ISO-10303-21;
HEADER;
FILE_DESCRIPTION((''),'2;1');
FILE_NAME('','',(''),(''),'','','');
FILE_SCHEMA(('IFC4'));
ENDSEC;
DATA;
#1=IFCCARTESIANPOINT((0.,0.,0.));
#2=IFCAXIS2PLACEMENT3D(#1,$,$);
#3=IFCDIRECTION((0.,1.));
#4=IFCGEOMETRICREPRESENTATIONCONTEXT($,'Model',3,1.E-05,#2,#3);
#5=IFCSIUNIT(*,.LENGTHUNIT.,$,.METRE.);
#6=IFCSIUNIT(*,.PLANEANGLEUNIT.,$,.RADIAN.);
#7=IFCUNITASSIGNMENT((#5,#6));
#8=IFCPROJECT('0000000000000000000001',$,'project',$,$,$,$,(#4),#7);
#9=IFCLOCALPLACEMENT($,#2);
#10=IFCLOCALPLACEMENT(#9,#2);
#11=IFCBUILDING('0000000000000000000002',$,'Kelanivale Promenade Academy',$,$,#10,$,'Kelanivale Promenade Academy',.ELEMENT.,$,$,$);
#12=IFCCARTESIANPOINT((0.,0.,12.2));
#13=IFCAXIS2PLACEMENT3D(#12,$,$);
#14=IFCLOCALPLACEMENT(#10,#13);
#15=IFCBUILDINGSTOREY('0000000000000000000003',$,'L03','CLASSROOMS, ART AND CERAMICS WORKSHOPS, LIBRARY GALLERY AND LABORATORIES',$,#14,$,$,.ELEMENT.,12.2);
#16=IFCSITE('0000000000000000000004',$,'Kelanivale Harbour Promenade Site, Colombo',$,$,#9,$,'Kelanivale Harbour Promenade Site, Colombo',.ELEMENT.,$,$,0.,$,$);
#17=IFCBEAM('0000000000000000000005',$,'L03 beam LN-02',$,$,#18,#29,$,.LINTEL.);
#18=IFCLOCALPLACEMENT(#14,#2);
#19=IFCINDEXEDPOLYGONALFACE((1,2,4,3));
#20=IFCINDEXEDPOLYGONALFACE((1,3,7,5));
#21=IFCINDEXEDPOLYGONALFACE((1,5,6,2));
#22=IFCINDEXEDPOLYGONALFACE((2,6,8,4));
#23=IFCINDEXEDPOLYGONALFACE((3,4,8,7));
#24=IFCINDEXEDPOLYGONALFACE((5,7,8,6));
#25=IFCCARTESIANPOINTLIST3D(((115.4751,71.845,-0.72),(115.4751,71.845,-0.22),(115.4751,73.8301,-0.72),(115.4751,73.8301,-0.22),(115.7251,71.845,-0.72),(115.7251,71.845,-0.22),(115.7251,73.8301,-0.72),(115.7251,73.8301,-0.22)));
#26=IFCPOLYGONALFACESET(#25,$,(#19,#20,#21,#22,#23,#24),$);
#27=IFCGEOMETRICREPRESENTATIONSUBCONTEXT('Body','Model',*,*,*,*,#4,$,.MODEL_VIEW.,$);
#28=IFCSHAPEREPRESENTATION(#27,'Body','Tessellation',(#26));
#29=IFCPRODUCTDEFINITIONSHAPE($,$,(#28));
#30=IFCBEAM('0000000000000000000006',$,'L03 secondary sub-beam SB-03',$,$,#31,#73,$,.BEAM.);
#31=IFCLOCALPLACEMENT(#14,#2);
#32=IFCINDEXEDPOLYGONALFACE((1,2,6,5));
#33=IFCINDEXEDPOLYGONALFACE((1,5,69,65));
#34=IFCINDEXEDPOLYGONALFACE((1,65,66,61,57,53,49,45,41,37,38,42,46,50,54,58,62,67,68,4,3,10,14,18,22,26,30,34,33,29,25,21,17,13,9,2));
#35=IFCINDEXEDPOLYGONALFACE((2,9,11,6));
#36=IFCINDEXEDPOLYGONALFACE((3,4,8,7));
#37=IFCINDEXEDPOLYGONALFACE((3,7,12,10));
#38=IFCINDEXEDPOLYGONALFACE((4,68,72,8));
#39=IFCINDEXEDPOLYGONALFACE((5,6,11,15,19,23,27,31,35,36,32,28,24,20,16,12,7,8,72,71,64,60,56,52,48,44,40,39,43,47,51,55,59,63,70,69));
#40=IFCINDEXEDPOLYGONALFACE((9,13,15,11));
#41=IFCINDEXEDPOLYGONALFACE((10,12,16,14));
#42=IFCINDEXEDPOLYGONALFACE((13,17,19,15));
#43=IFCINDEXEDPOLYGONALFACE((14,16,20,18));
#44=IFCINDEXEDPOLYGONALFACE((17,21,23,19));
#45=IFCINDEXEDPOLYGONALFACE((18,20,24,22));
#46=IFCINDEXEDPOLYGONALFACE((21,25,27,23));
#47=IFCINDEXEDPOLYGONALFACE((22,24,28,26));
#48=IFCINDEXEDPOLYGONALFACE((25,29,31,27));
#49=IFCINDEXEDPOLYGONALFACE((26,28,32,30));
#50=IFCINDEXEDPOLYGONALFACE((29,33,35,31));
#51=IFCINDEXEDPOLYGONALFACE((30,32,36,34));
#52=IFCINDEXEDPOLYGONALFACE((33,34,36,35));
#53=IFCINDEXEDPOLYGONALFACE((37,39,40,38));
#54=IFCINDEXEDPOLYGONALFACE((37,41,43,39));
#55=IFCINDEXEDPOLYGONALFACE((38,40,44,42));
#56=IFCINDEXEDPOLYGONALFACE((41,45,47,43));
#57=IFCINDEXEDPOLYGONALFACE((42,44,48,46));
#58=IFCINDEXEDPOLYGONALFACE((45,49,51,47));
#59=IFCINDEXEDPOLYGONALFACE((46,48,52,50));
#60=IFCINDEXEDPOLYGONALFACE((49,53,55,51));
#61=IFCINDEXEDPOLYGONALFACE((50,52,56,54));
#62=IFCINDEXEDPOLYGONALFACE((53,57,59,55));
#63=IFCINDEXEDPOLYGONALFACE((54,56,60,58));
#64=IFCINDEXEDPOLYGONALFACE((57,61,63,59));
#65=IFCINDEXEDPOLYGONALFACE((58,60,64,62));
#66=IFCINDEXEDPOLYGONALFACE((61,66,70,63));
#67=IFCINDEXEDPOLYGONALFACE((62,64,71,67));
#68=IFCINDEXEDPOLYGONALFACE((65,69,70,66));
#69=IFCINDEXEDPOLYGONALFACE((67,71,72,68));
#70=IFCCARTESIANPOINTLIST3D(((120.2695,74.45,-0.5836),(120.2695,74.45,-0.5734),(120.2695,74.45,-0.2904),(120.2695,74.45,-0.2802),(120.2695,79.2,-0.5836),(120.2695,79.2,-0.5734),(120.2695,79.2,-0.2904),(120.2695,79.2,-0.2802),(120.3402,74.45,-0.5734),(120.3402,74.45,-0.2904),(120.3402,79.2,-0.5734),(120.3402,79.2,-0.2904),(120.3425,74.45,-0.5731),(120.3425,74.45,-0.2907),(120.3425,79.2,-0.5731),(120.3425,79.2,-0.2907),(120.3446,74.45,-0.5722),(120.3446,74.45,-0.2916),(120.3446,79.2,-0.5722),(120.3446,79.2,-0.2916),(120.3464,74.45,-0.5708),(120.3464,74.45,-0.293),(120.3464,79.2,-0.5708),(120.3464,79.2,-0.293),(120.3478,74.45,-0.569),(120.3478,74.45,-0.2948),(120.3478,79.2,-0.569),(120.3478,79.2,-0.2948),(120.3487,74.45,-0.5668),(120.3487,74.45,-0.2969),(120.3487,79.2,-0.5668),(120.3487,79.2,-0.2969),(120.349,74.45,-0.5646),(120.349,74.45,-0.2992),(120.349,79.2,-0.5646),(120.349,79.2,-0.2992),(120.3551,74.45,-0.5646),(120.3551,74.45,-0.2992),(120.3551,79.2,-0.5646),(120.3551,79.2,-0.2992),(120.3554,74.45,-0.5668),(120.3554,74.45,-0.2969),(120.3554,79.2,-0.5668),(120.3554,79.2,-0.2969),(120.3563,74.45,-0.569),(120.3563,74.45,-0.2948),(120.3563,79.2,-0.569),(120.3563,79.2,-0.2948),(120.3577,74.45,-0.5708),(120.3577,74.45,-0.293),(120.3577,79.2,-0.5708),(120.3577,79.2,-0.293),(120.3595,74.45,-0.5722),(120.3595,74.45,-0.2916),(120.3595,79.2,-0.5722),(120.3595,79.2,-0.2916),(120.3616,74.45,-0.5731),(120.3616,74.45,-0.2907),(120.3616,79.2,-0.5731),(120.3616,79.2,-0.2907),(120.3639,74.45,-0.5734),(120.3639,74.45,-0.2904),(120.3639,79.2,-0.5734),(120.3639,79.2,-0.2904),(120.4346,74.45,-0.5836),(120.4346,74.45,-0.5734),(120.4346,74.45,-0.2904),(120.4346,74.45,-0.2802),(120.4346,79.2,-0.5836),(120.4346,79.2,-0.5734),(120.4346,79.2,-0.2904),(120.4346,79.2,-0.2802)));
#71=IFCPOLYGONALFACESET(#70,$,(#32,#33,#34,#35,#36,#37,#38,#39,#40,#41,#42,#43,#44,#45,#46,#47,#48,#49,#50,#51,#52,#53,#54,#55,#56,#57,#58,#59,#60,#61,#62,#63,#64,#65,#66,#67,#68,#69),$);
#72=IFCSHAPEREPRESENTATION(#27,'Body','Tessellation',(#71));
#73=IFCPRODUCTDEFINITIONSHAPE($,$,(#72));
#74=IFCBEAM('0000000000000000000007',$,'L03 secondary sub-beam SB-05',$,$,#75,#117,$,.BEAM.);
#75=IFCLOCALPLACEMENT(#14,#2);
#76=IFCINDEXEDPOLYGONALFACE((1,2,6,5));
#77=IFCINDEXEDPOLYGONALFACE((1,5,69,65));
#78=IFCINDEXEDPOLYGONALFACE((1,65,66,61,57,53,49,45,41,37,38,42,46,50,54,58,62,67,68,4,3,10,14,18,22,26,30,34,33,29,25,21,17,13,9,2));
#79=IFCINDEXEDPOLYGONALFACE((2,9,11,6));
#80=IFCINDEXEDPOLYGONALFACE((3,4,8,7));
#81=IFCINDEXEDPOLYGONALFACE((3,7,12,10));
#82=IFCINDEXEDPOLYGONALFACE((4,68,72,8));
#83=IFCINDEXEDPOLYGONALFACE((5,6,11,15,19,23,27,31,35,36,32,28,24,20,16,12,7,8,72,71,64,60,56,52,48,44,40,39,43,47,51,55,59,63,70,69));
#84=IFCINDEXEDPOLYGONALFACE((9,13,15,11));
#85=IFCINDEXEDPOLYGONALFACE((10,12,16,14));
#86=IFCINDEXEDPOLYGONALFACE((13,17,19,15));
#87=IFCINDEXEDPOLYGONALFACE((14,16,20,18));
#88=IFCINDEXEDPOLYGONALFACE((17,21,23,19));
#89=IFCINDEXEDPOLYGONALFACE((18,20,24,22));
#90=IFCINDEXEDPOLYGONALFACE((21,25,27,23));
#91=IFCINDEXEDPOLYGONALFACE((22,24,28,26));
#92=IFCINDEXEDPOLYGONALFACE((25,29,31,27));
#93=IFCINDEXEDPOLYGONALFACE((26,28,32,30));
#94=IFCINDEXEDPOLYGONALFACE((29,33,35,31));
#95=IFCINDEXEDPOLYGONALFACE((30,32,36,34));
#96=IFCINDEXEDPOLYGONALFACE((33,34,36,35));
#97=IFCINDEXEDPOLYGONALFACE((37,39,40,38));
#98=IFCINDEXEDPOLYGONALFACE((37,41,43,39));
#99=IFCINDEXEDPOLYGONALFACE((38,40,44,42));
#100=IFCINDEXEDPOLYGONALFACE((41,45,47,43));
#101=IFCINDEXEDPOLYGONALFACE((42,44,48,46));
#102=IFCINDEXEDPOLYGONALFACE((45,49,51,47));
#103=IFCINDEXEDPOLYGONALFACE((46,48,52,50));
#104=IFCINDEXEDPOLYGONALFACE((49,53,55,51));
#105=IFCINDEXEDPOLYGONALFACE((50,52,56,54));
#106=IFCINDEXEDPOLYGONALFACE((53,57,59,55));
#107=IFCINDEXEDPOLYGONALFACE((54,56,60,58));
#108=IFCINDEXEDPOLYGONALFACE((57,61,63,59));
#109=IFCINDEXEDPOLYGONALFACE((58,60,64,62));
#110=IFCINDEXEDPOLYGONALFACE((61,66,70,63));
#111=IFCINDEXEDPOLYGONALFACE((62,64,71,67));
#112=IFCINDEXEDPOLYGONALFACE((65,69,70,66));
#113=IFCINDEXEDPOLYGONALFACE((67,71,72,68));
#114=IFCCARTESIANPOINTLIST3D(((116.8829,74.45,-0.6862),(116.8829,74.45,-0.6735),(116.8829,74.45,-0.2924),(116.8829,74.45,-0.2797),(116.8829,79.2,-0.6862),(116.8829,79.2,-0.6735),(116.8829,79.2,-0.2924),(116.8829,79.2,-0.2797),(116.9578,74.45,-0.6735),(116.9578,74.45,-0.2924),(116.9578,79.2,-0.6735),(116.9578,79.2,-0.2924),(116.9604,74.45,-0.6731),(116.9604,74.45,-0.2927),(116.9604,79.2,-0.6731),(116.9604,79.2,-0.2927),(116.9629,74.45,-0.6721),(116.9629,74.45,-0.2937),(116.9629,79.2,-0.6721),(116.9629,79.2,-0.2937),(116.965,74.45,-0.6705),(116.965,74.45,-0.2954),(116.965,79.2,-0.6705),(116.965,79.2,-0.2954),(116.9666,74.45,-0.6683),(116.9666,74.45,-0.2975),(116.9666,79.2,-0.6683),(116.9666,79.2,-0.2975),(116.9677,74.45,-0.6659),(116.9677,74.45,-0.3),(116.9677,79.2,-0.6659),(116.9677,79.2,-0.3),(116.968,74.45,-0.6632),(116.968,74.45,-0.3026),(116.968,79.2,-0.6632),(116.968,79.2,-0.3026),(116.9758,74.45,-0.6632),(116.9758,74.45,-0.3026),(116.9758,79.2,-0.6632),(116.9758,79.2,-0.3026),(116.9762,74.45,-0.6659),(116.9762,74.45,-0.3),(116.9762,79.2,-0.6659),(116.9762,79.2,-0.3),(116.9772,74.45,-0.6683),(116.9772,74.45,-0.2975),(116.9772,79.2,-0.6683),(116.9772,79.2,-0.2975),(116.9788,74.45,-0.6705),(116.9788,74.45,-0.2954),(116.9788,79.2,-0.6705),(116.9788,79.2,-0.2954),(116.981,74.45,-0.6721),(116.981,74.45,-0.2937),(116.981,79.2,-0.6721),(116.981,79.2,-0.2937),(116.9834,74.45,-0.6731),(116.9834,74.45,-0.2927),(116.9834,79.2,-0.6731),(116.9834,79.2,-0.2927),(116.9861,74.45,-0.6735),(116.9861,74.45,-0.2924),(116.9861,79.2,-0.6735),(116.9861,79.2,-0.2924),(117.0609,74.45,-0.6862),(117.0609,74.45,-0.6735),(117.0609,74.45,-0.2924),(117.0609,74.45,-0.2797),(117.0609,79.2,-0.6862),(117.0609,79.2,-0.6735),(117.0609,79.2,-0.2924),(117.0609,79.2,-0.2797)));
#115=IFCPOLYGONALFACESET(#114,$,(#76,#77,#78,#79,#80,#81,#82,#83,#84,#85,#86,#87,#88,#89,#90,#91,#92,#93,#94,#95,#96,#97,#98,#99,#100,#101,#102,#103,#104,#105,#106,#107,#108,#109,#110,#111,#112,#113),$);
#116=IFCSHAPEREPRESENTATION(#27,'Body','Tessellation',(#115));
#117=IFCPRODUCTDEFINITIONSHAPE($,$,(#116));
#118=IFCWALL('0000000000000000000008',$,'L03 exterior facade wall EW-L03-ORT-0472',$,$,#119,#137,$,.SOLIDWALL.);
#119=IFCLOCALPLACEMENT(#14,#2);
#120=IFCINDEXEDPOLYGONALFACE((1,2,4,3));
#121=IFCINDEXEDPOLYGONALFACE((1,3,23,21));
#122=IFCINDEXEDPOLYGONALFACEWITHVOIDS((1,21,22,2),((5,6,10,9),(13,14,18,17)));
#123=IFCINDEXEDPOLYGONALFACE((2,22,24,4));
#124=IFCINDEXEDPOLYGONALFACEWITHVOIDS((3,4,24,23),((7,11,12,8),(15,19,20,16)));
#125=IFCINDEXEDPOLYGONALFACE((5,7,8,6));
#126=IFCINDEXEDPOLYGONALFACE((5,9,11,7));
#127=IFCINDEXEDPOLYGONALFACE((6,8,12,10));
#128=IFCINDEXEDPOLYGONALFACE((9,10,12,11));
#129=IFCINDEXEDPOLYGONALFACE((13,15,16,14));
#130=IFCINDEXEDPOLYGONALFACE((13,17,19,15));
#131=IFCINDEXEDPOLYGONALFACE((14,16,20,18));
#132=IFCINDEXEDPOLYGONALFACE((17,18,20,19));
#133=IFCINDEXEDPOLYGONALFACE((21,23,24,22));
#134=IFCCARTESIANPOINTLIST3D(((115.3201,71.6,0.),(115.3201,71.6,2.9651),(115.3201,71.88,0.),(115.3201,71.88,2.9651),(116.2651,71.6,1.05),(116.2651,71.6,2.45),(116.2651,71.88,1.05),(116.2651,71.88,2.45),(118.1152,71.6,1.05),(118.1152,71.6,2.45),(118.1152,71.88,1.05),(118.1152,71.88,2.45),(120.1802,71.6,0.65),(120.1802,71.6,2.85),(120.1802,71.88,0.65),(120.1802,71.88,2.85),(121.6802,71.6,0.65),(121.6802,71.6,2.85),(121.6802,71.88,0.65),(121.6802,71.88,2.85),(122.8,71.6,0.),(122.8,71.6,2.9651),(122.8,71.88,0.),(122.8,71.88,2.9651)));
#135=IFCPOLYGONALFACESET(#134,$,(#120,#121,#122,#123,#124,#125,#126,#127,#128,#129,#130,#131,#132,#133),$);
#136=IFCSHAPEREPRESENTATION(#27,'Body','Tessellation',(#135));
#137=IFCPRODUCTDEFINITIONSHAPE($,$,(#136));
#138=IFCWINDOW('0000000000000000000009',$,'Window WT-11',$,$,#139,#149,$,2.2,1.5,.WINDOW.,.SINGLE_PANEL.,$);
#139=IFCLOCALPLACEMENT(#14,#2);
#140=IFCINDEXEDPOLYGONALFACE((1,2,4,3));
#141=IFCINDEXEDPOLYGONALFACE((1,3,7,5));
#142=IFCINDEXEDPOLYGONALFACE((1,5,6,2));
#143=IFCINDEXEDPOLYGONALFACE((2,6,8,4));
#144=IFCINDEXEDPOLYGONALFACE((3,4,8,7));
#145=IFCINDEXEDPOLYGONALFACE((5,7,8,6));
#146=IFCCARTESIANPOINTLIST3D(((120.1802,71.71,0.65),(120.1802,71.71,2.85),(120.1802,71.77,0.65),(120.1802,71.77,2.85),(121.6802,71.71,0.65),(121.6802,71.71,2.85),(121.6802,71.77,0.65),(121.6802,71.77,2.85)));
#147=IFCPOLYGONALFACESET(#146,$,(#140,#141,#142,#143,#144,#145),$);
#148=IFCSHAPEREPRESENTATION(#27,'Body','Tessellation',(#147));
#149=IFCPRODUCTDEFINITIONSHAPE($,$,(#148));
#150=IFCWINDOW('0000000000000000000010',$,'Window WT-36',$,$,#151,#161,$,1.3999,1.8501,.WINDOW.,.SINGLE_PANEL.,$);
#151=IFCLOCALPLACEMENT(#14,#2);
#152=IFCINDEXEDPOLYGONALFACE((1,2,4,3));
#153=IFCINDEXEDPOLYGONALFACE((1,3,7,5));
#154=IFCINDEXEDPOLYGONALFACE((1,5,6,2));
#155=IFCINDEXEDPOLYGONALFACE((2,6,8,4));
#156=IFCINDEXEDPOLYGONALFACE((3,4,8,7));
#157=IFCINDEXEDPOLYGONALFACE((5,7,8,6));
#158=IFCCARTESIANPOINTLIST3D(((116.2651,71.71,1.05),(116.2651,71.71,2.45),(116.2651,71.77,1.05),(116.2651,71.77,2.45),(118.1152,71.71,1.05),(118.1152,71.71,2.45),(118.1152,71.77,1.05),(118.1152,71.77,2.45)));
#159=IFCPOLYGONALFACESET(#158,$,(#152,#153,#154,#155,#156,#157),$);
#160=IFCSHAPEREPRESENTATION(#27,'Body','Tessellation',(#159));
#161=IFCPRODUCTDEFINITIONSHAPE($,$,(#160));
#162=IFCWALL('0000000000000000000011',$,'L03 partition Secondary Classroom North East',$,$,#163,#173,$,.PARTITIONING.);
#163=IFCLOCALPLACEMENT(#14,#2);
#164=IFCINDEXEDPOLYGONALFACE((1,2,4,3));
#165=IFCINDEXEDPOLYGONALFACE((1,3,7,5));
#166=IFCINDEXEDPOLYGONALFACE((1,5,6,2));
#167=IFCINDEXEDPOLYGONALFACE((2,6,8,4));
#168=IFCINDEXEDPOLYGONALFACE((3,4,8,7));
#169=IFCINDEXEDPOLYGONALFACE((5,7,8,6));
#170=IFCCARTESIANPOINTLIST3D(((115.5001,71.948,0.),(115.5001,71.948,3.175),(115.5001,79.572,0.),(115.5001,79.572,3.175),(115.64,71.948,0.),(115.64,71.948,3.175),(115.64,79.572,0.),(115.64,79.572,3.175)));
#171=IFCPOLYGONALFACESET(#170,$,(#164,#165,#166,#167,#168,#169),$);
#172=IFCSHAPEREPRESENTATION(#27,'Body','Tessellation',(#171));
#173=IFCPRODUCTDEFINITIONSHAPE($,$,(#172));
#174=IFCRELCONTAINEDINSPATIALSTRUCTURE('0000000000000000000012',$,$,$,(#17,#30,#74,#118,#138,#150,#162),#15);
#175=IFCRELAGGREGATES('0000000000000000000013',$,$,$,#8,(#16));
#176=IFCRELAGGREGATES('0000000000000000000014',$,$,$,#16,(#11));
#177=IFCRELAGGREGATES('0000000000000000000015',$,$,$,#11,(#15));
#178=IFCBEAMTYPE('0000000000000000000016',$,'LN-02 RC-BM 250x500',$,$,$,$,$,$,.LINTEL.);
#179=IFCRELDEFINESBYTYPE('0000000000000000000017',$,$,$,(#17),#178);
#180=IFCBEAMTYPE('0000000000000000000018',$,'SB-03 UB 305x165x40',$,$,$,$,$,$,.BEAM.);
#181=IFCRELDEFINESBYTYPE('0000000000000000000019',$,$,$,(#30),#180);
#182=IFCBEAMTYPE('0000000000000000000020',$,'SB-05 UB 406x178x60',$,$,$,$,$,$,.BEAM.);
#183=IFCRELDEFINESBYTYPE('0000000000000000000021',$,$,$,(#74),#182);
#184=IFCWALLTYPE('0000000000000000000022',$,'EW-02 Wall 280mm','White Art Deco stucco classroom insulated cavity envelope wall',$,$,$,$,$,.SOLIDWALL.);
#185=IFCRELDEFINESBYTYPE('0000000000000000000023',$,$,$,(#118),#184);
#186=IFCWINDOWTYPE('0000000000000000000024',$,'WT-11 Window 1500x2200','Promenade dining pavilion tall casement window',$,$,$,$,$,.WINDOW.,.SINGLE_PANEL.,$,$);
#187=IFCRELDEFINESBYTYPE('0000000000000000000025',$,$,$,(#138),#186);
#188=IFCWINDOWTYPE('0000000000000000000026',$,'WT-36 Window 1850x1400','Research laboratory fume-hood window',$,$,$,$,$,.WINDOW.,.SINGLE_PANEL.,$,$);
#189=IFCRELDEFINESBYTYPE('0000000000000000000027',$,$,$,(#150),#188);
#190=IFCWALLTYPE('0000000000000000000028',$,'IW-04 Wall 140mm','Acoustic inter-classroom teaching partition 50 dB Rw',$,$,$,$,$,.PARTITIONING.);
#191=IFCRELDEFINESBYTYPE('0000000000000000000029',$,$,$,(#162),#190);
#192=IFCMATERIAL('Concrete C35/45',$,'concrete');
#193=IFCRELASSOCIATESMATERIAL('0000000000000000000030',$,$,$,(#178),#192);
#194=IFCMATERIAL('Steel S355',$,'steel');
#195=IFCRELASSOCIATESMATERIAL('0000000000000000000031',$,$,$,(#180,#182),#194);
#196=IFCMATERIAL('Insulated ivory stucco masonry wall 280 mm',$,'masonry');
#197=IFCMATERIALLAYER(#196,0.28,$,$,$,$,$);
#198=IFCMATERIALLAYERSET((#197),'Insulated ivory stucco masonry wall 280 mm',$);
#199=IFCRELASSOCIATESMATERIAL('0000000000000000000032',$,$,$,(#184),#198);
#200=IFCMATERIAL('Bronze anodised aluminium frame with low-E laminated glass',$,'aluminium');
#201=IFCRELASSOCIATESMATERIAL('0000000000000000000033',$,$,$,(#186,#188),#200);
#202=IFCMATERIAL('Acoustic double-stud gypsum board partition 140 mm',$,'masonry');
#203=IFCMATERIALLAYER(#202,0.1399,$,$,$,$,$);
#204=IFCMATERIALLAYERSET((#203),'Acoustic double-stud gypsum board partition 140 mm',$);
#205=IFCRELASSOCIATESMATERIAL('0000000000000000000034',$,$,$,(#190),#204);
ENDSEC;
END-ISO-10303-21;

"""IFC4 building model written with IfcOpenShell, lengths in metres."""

from ifc_helpers import new_model, si_unit, direction, frame, frame_2d, origin, origin_2d, place, context, subcontext, project, spatial, rectangle, i_section, extrude, material, layer, layer_set, material_profile, profile_set, type_object, element, fill, save


model = new_model("IFC4")

# Units and contexts
model_context = context("Model", 3, precision=1e-05, world=origin(), true_north=direction((0.0, 1.0)))
body_context = subcontext(model_context, "Body", "Model", "MODEL_VIEW")
ifc_project = project(units=[si_unit("LENGTHUNIT", "METRE"), si_unit("PLANEANGLEUNIT", "RADIAN")], contexts=[model_context])

# Site, building, storey
site_placement = place(None, origin())
site = spatial("IfcSite", under=ifc_project, at=site_placement, Name="Kelanivale Harbour Promenade Site, Colombo", LongName="Kelanivale Harbour Promenade Site, Colombo", CompositionType="ELEMENT", RefElevation=0.0)
building_placement = place(site_placement, origin())
building = spatial("IfcBuilding", under=site, at=building_placement, Name="Kelanivale Promenade Academy", LongName="Kelanivale Promenade Academy", CompositionType="ELEMENT")
storey_placement = place(building_placement, frame((0.0, 0.0, 12.2)))
storey = spatial("IfcBuildingStorey", under=building, at=storey_placement, Name="L03", Description="CLASSROOMS, ART AND CERAMICS WORKSHOPS, LIBRARY GALLERY AND LABORATORIES", CompositionType="ELEMENT", Elevation=12.2)

# Beams
ifc_material_1 = material(Name="Concrete C35/45", Category="concrete")
ifc_material_profile_1 = material_profile(ifc_material_1, rectangle(XDim=0.25, YDim=0.5, at=origin_2d()), Name="RC-BM 250x500")
ifc_profile_set_1 = profile_set([ifc_material_profile_1], Name="Concrete C35/45")
beam_type_1 = type_object("IfcBeamType", Name="LN-02 RC-BM 250x500", PredefinedType="LINTEL", material=ifc_profile_set_1)
beam_1_placement = place(storey_placement, frame((115.6001, 71.845, -0.47), z_axis=(0.0, 1.0, 0.0), x_axis=(-1.0, 0.0, 0.0)))
element("IfcBeam", 1, at=beam_1_placement, inside=storey, type_object=beam_type_1, Name="L03 beam LN-02", PredefinedType="LINTEL", context=body_context, shape_type="SweptSolid", body=[
    extrude(rectangle(XDim=0.25, YDim=0.5, at=origin_2d()), origin(), (0.0, 0.0, 1.0), 1.9851),
])
ifc_material_2 = material(Name="Steel S355", Category="steel")
ifc_material_profile_2 = material_profile(ifc_material_2, i_section(OverallWidth=0.165, OverallDepth=0.3035, WebThickness=0.0061, FlangeThickness=0.0103, FilletRadius=0.0088, at=origin_2d()), Name="UB 305x165x40")
ifc_profile_set_2 = profile_set([ifc_material_profile_2], Name="Steel S355")
beam_type_2 = type_object("IfcBeamType", Name="SB-03 UB 305x165x40", PredefinedType="BEAM", material=ifc_profile_set_2)
beam_2_placement = place(storey_placement, frame((120.3521, 74.45, -0.4319), z_axis=(0.0, 1.0, 0.0), x_axis=(-1.0, 0.0, 0.0)))
element("IfcBeam", 2, at=beam_2_placement, inside=storey, type_object=beam_type_2, Name="L03 secondary sub-beam SB-03", PredefinedType="BEAM", context=body_context, shape_type="SweptSolid", body=[
    extrude(i_section(OverallWidth=0.165, OverallDepth=0.3035, WebThickness=0.0061, FlangeThickness=0.0103, FilletRadius=0.0088, at=origin_2d()), origin(), (0.0, 0.0, 1.0), 4.75),
])
ifc_material_profile_3 = material_profile(ifc_material_2, i_section(OverallWidth=0.178, OverallDepth=0.4065, WebThickness=0.0078, FlangeThickness=0.0127, FilletRadius=0.0103, at=origin_2d()), Name="UB 406x178x60")
ifc_profile_set_3 = profile_set([ifc_material_profile_3], Name="Steel S355")
beam_type_3 = type_object("IfcBeamType", Name="SB-05 UB 406x178x60", PredefinedType="BEAM", material=ifc_profile_set_3)
beam_3_placement = place(storey_placement, frame((116.9719, 74.45, -0.4829), z_axis=(0.0, 1.0, 0.0), x_axis=(-1.0, 0.0, 0.0)))
element("IfcBeam", 3, at=beam_3_placement, inside=storey, type_object=beam_type_3, Name="L03 secondary sub-beam SB-05", PredefinedType="BEAM", context=body_context, shape_type="SweptSolid", body=[
    extrude(i_section(OverallWidth=0.178, OverallDepth=0.4065, WebThickness=0.0078, FlangeThickness=0.0127, FilletRadius=0.0103, at=origin_2d()), origin(), (0.0, 0.0, 1.0), 4.75),
])

# Wall, openings, windows
ifc_material_3 = material(Name="Insulated ivory stucco masonry wall 280 mm", Category="masonry")
ifc_layer_1 = layer(ifc_material_3, 0.28)
ifc_layer_set_1 = layer_set([ifc_layer_1], Name="Insulated ivory stucco masonry wall 280 mm")
wall_type_1 = type_object("IfcWallType", Name="EW-02 Wall 280mm", Description="White Art Deco stucco classroom insulated cavity envelope wall", PredefinedType="SOLIDWALL", material=ifc_layer_set_1)
wall_1_placement = place(storey_placement, frame((115.3201, 71.74, 0.0), z_axis=(0.0, 0.0, 1.0), x_axis=(1.0, 0.0, 0.0)))
wall_1 = element("IfcWall", 4, at=wall_1_placement, inside=storey, type_object=wall_type_1, Name="L03 exterior facade wall EW-L03-ORT-0472", PredefinedType="SOLIDWALL", context=body_context, shape_type="SweptSolid", body=[
    extrude(rectangle(XDim=7.48, YDim=0.28, at=frame_2d((3.74, 0.0))), origin(), (0.0, 0.0, 1.0), 2.9651),
])
opening_1_placement = place(wall_1_placement, frame((0.9451, 0.0, 1.05)))
opening_1 = element("IfcOpeningElement", 5, at=opening_1_placement, cuts=wall_1, PredefinedType="OPENING", context=body_context, shape_type="SweptSolid", body=[
    extrude(rectangle(XDim=1.8501, YDim=1.3999, at=frame_2d((0.925, 0.7))), frame((0.0, 0.1499, 0.0), z_axis=(0.0, -1.0, 0.0), x_axis=(1.0, 0.0, 0.0)), (0.0, 0.0, 1.0), 0.3),
])
opening_2_placement = place(wall_1_placement, frame((4.8601, 0.0, 0.6499)))
opening_2 = element("IfcOpeningElement", 6, at=opening_2_placement, cuts=wall_1, PredefinedType="OPENING", context=body_context, shape_type="SweptSolid", body=[
    extrude(rectangle(XDim=1.5, YDim=2.2, at=frame_2d((0.75, 1.1001))), frame((0.0, 0.1499, 0.0), z_axis=(0.0, -1.0, 0.0), x_axis=(1.0, 0.0, 0.0)), (0.0, 0.0, 1.0), 0.3),
])
ifc_material_4 = material(Name="Bronze anodised aluminium frame with low-E laminated glass", Category="aluminium")
window_type_1 = type_object("IfcWindowType", Name="WT-11 Window 1500x2200", Description="Promenade dining pavilion tall casement window", PartitioningType="SINGLE_PANEL", PredefinedType="WINDOW", material=ifc_material_4)
window_1_placement = place(opening_2_placement, origin())
window_1 = element("IfcWindow", 7, at=window_1_placement, inside=storey, type_object=window_type_1, Name="Window WT-11", OverallHeight=2.2, OverallWidth=1.5, PartitioningType="SINGLE_PANEL", PredefinedType="WINDOW", context=body_context, shape_type="SweptSolid", body=[
    extrude(rectangle(XDim=1.5, YDim=2.2, at=frame_2d((0.75, 1.1001))), frame((0.0, 0.03, 0.0), z_axis=(0.0, -1.0, 0.0), x_axis=(1.0, 0.0, 0.0)), (0.0, 0.0, 1.0), 0.0601),
])
fill(opening_2, window_1)
window_type_2 = type_object("IfcWindowType", Name="WT-36 Window 1850x1400", Description="Research laboratory fume-hood window", PartitioningType="SINGLE_PANEL", PredefinedType="WINDOW", material=ifc_material_4)
window_2_placement = place(opening_1_placement, origin())
window_2 = element("IfcWindow", 8, at=window_2_placement, inside=storey, type_object=window_type_2, Name="Window WT-36", OverallHeight=1.3999, OverallWidth=1.8501, PartitioningType="SINGLE_PANEL", PredefinedType="WINDOW", context=body_context, shape_type="SweptSolid", body=[
    extrude(rectangle(XDim=1.8501, YDim=1.3999, at=frame_2d((0.925, 0.7))), frame((0.0, 0.03, 0.0), z_axis=(0.0, -1.0, 0.0), x_axis=(1.0, 0.0, 0.0)), (0.0, 0.0, 1.0), 0.0601),
])
fill(opening_1, window_2)

# Wall
ifc_material_5 = material(Name="Acoustic double-stud gypsum board partition 140 mm", Category="masonry")
ifc_layer_2 = layer(ifc_material_5, 0.1399)
ifc_layer_set_2 = layer_set([ifc_layer_2], Name="Acoustic double-stud gypsum board partition 140 mm")
wall_type_2 = type_object("IfcWallType", Name="IW-04 Wall 140mm", Description="Acoustic inter-classroom teaching partition 50 dB Rw", PredefinedType="PARTITIONING", material=ifc_layer_set_2)
wall_2_placement = place(storey_placement, frame((115.5701, 71.948, 0.0), z_axis=(0.0, 0.0, 1.0), x_axis=(0.0, 1.0, 0.0)))
element("IfcWall", 9, at=wall_2_placement, inside=storey, type_object=wall_type_2, Name="L03 partition Secondary Classroom North East", PredefinedType="PARTITIONING", context=body_context, shape_type="SweptSolid", body=[
    extrude(rectangle(XDim=7.624, YDim=0.1399, at=frame_2d((3.812, 0.0))), origin(), (0.0, 0.0, 1.0), 3.175),
])

save(model, "model.ifc")
